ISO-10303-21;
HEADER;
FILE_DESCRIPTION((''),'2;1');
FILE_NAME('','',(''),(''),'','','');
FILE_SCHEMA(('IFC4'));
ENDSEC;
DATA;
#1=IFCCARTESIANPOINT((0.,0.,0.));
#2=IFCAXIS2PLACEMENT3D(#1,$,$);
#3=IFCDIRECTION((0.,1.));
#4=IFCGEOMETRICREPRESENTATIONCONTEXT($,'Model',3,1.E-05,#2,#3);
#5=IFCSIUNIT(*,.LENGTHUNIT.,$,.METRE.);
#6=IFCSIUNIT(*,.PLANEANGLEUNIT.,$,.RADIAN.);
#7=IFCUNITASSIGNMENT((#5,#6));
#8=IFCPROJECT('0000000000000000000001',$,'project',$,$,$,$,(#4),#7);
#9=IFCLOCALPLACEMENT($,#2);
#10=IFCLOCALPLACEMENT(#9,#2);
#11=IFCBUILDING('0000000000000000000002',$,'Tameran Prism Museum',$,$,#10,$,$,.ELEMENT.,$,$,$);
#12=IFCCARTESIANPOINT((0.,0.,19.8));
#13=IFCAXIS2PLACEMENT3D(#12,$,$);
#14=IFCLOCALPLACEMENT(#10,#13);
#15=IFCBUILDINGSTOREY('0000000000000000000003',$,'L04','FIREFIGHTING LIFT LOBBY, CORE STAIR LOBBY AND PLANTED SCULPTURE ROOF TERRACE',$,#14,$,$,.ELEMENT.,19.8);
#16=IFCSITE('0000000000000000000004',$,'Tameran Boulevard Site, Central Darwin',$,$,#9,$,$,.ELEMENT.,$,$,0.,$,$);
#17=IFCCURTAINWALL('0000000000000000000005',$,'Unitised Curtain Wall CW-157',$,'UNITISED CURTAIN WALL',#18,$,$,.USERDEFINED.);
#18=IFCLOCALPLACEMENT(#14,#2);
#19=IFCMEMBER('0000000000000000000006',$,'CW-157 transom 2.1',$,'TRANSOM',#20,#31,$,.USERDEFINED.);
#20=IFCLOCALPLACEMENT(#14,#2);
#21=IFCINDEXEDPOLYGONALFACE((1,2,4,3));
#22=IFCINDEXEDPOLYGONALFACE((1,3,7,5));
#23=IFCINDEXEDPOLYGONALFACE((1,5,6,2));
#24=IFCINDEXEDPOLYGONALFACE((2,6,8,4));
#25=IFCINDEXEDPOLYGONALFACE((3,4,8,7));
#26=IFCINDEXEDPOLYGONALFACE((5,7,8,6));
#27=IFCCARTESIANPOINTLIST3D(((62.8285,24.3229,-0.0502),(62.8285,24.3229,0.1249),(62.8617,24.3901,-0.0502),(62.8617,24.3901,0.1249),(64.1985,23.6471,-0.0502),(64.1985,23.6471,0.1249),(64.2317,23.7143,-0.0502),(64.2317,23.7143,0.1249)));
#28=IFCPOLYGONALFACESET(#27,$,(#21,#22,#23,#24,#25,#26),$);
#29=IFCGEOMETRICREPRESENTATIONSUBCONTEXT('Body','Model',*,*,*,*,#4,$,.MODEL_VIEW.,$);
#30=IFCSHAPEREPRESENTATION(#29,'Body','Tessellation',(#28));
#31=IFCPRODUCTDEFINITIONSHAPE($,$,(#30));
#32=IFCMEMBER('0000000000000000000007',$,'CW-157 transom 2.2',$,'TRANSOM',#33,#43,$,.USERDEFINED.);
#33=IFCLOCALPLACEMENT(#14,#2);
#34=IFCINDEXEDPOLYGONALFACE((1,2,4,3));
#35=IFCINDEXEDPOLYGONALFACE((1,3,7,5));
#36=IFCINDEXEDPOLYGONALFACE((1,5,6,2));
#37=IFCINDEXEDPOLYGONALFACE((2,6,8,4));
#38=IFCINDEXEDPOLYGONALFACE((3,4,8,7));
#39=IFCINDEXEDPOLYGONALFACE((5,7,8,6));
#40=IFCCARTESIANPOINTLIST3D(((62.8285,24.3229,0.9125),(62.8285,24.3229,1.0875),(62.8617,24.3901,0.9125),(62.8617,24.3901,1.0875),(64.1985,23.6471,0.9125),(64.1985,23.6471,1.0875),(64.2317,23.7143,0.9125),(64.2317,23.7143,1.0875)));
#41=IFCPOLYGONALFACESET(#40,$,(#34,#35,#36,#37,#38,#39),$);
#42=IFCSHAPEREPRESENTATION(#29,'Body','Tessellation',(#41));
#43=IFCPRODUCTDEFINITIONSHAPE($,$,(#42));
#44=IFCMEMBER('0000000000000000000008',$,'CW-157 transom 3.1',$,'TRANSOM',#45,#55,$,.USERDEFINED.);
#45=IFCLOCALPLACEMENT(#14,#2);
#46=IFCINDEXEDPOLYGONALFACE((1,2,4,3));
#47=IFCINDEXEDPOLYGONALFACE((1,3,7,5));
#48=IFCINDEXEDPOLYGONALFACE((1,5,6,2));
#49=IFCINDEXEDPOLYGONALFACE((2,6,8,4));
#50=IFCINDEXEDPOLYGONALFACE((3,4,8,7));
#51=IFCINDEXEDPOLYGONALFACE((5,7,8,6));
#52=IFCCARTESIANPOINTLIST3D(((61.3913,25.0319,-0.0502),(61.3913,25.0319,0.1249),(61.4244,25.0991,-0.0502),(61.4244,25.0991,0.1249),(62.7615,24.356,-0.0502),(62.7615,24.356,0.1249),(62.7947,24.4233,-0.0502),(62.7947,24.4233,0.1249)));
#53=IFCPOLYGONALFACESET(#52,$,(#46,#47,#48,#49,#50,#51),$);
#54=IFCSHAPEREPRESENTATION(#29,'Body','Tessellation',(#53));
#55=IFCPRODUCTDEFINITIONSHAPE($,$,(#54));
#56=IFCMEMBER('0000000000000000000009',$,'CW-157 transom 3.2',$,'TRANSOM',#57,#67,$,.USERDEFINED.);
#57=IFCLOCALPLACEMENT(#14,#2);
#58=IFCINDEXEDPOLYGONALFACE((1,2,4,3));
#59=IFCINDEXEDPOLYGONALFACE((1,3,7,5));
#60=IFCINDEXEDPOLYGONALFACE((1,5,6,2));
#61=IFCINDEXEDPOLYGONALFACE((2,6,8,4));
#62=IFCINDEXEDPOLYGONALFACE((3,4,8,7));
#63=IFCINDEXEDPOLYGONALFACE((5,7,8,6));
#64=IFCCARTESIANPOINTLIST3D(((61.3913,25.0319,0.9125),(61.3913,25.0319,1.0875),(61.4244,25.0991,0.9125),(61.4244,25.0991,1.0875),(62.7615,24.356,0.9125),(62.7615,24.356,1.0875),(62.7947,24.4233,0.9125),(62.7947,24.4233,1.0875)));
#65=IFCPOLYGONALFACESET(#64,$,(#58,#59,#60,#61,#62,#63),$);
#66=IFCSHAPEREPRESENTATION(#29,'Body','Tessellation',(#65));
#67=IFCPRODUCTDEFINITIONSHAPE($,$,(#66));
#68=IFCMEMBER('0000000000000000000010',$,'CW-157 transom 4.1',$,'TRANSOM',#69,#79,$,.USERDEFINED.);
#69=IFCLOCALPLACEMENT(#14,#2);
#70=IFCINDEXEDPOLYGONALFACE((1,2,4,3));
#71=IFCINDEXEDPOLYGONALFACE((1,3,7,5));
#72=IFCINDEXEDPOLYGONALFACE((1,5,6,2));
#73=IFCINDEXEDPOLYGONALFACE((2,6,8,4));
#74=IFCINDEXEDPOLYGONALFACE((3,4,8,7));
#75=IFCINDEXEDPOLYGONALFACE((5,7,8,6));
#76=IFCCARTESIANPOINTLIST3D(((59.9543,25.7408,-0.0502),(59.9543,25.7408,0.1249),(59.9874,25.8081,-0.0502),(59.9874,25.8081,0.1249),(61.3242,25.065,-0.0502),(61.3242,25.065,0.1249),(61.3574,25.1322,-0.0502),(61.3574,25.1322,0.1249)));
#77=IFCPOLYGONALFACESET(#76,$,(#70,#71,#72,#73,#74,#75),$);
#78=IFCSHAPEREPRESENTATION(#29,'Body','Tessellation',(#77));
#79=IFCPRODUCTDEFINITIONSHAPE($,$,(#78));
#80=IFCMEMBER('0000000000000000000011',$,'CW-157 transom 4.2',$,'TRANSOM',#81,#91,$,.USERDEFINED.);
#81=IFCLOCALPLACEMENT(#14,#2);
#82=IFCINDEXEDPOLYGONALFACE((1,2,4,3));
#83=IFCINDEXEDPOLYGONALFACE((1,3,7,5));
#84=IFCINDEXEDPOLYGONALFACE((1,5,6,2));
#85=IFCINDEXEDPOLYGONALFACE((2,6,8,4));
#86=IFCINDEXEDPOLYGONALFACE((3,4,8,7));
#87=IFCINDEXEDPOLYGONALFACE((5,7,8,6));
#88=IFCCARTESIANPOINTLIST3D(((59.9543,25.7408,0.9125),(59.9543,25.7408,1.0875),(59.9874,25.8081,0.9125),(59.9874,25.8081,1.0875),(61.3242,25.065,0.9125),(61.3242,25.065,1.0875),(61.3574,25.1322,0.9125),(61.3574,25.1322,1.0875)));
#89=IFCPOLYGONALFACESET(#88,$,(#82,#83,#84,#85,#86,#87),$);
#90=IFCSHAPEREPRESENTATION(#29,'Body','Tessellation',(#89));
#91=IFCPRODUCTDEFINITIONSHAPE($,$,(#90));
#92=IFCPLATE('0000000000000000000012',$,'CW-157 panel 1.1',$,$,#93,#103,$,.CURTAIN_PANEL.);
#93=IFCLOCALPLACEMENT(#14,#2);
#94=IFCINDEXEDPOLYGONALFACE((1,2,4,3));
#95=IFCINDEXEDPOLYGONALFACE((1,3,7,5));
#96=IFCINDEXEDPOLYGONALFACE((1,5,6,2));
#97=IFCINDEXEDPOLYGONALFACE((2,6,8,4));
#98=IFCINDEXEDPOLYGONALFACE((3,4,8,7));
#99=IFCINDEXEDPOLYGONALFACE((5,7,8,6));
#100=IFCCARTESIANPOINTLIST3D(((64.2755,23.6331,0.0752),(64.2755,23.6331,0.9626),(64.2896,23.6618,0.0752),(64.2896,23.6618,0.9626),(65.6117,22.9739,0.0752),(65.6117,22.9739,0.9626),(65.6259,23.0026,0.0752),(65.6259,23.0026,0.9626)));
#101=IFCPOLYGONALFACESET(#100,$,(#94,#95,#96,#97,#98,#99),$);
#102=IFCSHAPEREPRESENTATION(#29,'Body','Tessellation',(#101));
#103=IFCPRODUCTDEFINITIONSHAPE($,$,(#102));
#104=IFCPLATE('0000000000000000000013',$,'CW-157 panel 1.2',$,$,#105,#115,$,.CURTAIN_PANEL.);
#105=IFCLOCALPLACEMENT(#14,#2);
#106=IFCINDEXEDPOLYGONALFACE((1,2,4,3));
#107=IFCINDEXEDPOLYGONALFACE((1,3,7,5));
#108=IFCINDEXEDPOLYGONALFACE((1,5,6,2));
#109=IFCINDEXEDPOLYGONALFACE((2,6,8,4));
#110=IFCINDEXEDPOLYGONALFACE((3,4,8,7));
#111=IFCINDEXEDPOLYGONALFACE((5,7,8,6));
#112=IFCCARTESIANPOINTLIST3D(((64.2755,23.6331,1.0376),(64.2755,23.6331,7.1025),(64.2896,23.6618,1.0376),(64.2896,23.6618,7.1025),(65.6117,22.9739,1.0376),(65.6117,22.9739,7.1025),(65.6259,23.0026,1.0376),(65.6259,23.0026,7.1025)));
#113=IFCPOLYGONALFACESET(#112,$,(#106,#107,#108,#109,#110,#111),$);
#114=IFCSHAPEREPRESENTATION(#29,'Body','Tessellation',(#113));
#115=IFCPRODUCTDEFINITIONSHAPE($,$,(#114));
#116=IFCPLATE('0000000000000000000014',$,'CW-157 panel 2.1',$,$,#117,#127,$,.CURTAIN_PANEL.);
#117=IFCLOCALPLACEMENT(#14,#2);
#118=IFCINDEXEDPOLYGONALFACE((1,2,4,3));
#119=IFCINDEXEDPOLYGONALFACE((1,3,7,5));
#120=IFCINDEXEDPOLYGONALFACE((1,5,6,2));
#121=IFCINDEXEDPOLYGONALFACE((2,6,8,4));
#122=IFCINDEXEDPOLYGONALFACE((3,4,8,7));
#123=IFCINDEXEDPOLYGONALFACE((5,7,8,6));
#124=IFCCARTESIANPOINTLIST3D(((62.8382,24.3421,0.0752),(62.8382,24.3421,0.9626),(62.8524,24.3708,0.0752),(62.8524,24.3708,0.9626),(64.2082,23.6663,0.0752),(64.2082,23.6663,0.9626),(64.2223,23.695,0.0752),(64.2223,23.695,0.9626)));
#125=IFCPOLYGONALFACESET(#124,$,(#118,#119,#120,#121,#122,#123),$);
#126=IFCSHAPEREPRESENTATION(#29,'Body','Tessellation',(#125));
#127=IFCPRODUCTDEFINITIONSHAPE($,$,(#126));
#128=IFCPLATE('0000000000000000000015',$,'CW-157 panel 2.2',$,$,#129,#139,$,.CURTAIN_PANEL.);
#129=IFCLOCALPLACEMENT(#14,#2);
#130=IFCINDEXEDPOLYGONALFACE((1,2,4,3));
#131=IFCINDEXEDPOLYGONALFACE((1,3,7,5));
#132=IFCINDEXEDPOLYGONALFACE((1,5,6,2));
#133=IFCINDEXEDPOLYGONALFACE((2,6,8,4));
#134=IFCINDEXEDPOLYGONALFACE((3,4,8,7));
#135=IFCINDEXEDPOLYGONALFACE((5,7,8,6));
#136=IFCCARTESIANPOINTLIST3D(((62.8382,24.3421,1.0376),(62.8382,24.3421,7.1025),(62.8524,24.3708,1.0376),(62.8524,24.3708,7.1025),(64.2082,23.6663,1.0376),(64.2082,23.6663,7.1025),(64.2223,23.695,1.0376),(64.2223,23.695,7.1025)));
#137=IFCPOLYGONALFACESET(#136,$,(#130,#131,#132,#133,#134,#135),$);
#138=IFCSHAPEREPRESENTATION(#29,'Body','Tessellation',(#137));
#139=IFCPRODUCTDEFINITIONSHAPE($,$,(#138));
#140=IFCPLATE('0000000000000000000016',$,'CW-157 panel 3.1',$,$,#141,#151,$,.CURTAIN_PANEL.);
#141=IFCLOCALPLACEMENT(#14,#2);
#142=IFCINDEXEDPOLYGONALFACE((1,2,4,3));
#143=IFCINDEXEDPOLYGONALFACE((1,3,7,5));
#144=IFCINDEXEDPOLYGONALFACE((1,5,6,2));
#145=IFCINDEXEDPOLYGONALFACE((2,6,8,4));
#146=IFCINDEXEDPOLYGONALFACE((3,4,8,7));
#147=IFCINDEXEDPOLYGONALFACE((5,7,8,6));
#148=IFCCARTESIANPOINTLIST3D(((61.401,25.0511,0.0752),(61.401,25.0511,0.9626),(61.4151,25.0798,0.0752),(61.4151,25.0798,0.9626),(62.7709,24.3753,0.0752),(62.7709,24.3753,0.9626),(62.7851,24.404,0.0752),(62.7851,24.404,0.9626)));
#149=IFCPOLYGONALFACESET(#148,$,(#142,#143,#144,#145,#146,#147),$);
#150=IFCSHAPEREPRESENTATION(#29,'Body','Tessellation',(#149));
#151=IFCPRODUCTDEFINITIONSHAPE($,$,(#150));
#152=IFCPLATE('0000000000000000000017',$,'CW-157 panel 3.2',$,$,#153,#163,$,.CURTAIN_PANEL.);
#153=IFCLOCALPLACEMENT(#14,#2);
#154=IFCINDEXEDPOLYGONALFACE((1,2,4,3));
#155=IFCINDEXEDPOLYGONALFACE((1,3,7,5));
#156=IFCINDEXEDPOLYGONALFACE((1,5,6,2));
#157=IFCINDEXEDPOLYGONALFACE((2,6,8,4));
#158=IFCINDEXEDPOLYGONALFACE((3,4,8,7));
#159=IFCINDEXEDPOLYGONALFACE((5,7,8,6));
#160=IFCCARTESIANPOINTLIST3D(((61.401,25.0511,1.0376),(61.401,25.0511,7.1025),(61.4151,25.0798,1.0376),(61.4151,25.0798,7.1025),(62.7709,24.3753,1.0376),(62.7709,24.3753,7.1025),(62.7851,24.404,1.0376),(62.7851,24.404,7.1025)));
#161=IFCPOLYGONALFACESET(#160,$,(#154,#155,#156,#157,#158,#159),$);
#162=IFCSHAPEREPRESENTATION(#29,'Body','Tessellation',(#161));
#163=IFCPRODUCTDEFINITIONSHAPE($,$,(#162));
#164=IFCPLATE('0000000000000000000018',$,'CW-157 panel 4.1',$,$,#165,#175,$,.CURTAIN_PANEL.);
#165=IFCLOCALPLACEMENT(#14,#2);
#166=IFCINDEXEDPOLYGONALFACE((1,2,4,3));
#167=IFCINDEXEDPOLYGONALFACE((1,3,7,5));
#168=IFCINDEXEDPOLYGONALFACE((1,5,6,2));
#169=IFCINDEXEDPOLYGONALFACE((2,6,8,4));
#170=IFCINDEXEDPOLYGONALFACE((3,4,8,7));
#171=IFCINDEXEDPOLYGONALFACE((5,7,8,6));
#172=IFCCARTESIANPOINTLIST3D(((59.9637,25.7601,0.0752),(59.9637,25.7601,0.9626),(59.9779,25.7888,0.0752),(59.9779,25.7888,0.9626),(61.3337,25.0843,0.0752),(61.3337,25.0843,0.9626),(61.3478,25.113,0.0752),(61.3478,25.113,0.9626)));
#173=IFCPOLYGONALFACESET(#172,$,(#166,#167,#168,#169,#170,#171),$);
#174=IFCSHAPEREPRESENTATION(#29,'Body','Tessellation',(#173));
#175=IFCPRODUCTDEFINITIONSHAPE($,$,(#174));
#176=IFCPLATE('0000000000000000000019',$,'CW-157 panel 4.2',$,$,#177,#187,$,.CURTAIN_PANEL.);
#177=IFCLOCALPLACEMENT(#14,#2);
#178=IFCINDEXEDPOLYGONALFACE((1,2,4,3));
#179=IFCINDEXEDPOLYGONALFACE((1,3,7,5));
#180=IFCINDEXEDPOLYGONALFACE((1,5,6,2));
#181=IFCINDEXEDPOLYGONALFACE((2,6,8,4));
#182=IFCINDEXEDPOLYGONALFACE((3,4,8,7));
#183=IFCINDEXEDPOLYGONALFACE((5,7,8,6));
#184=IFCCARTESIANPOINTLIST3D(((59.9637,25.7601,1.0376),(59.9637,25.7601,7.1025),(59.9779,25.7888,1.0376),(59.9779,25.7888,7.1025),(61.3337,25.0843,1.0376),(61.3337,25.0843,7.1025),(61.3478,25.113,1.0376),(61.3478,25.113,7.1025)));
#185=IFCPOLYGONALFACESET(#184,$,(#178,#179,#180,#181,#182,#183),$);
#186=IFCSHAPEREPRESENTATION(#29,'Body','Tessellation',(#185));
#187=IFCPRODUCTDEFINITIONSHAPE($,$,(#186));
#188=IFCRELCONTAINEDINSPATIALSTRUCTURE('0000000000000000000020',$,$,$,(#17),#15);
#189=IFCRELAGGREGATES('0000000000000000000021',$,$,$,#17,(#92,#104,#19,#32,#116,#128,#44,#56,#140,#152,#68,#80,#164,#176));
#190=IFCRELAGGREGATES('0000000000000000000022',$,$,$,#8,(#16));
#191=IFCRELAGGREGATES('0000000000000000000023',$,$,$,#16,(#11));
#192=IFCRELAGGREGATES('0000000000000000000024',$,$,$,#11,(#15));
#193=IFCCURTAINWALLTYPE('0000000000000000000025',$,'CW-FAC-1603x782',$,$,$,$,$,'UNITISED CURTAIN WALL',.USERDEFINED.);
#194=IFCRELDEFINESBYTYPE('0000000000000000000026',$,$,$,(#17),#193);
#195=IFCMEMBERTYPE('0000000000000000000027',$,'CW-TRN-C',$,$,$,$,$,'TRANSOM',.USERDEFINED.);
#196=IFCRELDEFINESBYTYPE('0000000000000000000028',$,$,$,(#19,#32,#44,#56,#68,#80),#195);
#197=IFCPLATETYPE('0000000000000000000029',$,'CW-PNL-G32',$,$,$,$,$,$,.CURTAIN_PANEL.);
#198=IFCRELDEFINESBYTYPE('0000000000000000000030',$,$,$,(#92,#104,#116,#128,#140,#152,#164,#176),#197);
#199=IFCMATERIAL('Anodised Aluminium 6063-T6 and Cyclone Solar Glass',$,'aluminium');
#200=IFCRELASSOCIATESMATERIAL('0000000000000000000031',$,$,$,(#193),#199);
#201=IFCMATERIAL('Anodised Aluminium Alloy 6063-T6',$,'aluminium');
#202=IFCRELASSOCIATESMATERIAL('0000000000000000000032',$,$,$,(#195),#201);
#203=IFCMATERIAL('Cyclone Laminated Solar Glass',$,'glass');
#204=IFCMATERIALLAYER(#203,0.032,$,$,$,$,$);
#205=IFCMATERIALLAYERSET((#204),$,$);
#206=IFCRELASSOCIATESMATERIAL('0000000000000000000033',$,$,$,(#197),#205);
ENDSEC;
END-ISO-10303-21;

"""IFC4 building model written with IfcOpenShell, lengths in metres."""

from ifc_helpers import new_model, si_unit, direction, frame, origin, origin_2d, place, context, subcontext, project, spatial, rectangle, extrude, material, layer, layer_set, material_profile, profile_set, type_object, element, aggregate, save


model = new_model("IFC4")

# Units and contexts
model_context = context("Model", 3, precision=1e-05, world=origin(), true_north=direction((0.0, 1.0)))
body_context = subcontext(model_context, "Body", "Model", "MODEL_VIEW")
ifc_project = project(units=[si_unit("LENGTHUNIT", "METRE"), si_unit("PLANEANGLEUNIT", "RADIAN")], contexts=[model_context])

# Site, building, storey
site_placement = place(None, origin())
site = spatial("IfcSite", under=ifc_project, at=site_placement, Name="Tameran Boulevard Site, Central Darwin", CompositionType="ELEMENT", RefElevation=0.0)
building_placement = place(site_placement, origin())
building = spatial("IfcBuilding", under=site, at=building_placement, Name="Tameran Prism Museum", CompositionType="ELEMENT")
storey_placement = place(building_placement, frame((0.0, 0.0, 19.8)))
storey = spatial("IfcBuildingStorey", under=building, at=storey_placement, Name="L04", Description="FIREFIGHTING LIFT LOBBY, CORE STAIR LOBBY AND PLANTED SCULPTURE ROOF TERRACE", CompositionType="ELEMENT", Elevation=19.8)

# Curtain wall, members, plates
ifc_material_1 = material(Name="Anodised Aluminium 6063-T6 and Cyclone Solar Glass", Category="aluminium")
curtain_wall_type = type_object("IfcCurtainWallType", Name="CW-FAC-1603x782", ElementType="UNITISED CURTAIN WALL", PredefinedType="USERDEFINED", material=ifc_material_1)
curtain_wall_placement = place(storey_placement, origin())
curtain_wall = element("IfcCurtainWall", 1, at=curtain_wall_placement, inside=storey, type_object=curtain_wall_type, Name="Unitised Curtain Wall CW-157", ObjectType="UNITISED CURTAIN WALL", PredefinedType="USERDEFINED")
ifc_material_2 = material(Name="Anodised Aluminium Alloy 6063-T6", Category="aluminium")
ifc_material_profile_1 = material_profile(ifc_material_2, rectangle(XDim=0.075, YDim=0.175, at=origin_2d()))
ifc_profile_set_1 = profile_set([ifc_material_profile_1])
member_type_1 = type_object("IfcMemberType", Name="CW-TRN-C", ElementType="TRANSOM", PredefinedType="USERDEFINED", material=ifc_profile_set_1)
member_1_placement = place(storey_placement, frame((64.2151, 23.6807, 0.0374), z_axis=(-0.896812, 0.442412, 0.0), x_axis=(-0.442412, -0.896812, 0.0)))
member_1 = element("IfcMember", 2, at=member_1_placement, type_object=member_type_1, Name="CW-157 transom 2.1", ObjectType="TRANSOM", PredefinedType="USERDEFINED", context=body_context, shape_type="SweptSolid", body=[
    extrude(rectangle(XDim=0.075, YDim=0.175, at=origin_2d()), origin(), (0.0, 0.0, 1.0), 1.5276),
])
member_2_placement = place(storey_placement, frame((64.2151, 23.6807, 1.0), z_axis=(-0.896812, 0.442412, 0.0), x_axis=(-0.442412, -0.896812, 0.0)))
member_2 = element("IfcMember", 3, at=member_2_placement, type_object=member_type_1, Name="CW-157 transom 2.2", ObjectType="TRANSOM", PredefinedType="USERDEFINED", context=body_context, shape_type="SweptSolid", body=[
    extrude(rectangle(XDim=0.075, YDim=0.175, at=origin_2d()), origin(), (0.0, 0.0, 1.0), 1.5276),
])
member_3_placement = place(storey_placement, frame((62.7781, 24.3896, 0.0374), z_axis=(-0.896843, 0.442349, 0.0), x_axis=(-0.442349, -0.896843, 0.0)))
member_3 = element("IfcMember", 4, at=member_3_placement, type_object=member_type_1, Name="CW-157 transom 3.1", ObjectType="TRANSOM", PredefinedType="USERDEFINED", context=body_context, shape_type="SweptSolid", body=[
    extrude(rectangle(XDim=0.075, YDim=0.175, at=origin_2d()), origin(), (0.0, 0.0, 1.0), 1.5278),
])
member_4_placement = place(storey_placement, frame((62.7781, 24.3896, 1.0), z_axis=(-0.896843, 0.442349, 0.0), x_axis=(-0.442349, -0.896843, 0.0)))
member_4 = element("IfcMember", 5, at=member_4_placement, type_object=member_type_1, Name="CW-157 transom 3.2", ObjectType="TRANSOM", PredefinedType="USERDEFINED", context=body_context, shape_type="SweptSolid", body=[
    extrude(rectangle(XDim=0.075, YDim=0.175, at=origin_2d()), origin(), (0.0, 0.0, 1.0), 1.5278),
])
member_5_placement = place(storey_placement, frame((61.3408, 25.0986, 0.0374), z_axis=(-0.896812, 0.442412, 0.0), x_axis=(-0.442412, -0.896812, 0.0)))
member_5 = element("IfcMember", 6, at=member_5_placement, type_object=member_type_1, Name="CW-157 transom 4.1", ObjectType="TRANSOM", PredefinedType="USERDEFINED", context=body_context, shape_type="SweptSolid", body=[
    extrude(rectangle(XDim=0.075, YDim=0.175, at=origin_2d()), origin(), (0.0, 0.0, 1.0), 1.5276),
])
member_6_placement = place(storey_placement, frame((61.3408, 25.0986, 1.0), z_axis=(-0.896812, 0.442412, 0.0), x_axis=(-0.442412, -0.896812, 0.0)))
member_6 = element("IfcMember", 7, at=member_6_placement, type_object=member_type_1, Name="CW-157 transom 4.2", ObjectType="TRANSOM", PredefinedType="USERDEFINED", context=body_context, shape_type="SweptSolid", body=[
    extrude(rectangle(XDim=0.075, YDim=0.175, at=origin_2d()), origin(), (0.0, 0.0, 1.0), 1.5276),
])
ifc_material_3 = material(Name="Cyclone Laminated Solar Glass", Category="glass")
ifc_layer_1 = layer(ifc_material_3, 0.032)
ifc_layer_set_1 = layer_set([ifc_layer_1])
plate_type = type_object("IfcPlateType", Name="CW-PNL-G32", PredefinedType="CURTAIN_PANEL", material=ifc_layer_set_1)
plate_1_placement = place(storey_placement, frame((64.9507, 23.3179, 0.0752), z_axis=(0.0, 0.0, 1.0), x_axis=(-0.896811, 0.442415, 0.0)))
plate_1 = element("IfcPlate", 8, at=plate_1_placement, type_object=plate_type, Name="CW-157 panel 1.1", PredefinedType="CURTAIN_PANEL", context=body_context, shape_type="SweptSolid", body=[
    extrude(rectangle(XDim=1.49, YDim=0.032, at=origin_2d()), origin(), (0.0, 0.0, 1.0), 0.8875),
])
plate_2_placement = place(storey_placement, frame((64.9507, 23.3179, 1.0376), z_axis=(0.0, 0.0, 1.0), x_axis=(-0.896811, 0.442415, 0.0)))
plate_2 = element("IfcPlate", 9, at=plate_2_placement, type_object=plate_type, Name="CW-157 panel 1.2", PredefinedType="CURTAIN_PANEL", context=body_context, shape_type="SweptSolid", body=[
    extrude(rectangle(XDim=1.49, YDim=0.032, at=origin_2d()), origin(), (0.0, 0.0, 1.0), 6.0649),
])
plate_3_placement = place(storey_placement, frame((63.5303, 24.0186, 0.0752), z_axis=(0.0, 0.0, 1.0), x_axis=(-0.896811, 0.442415, 0.0)))
plate_3 = element("IfcPlate", 10, at=plate_3_placement, type_object=plate_type, Name="CW-157 panel 2.1", PredefinedType="CURTAIN_PANEL", context=body_context, shape_type="SweptSolid", body=[
    extrude(rectangle(XDim=1.5276, YDim=0.032, at=origin_2d()), origin(), (0.0, 0.0, 1.0), 0.8875),
])
plate_4_placement = place(storey_placement, frame((63.5303, 24.0186, 1.0376), z_axis=(0.0, 0.0, 1.0), x_axis=(-0.896811, 0.442415, 0.0)))
plate_4 = element("IfcPlate", 11, at=plate_4_placement, type_object=plate_type, Name="CW-157 panel 2.2", PredefinedType="CURTAIN_PANEL", context=body_context, shape_type="SweptSolid", body=[
    extrude(rectangle(XDim=1.5276, YDim=0.032, at=origin_2d()), origin(), (0.0, 0.0, 1.0), 6.0649),
])
plate_5_placement = place(storey_placement, frame((62.093, 24.7275, 0.0752), z_axis=(0.0, 0.0, 1.0), x_axis=(-0.896811, 0.442415, 0.0)))
plate_5 = element("IfcPlate", 12, at=plate_5_placement, type_object=plate_type, Name="CW-157 panel 3.1", PredefinedType="CURTAIN_PANEL", context=body_context, shape_type="SweptSolid", body=[
    extrude(rectangle(XDim=1.5276, YDim=0.032, at=origin_2d()), origin(), (0.0, 0.0, 1.0), 0.8875),
])
plate_6_placement = place(storey_placement, frame((62.093, 24.7275, 1.0376), z_axis=(0.0, 0.0, 1.0), x_axis=(-0.896811, 0.442415, 0.0)))
plate_6 = element("IfcPlate", 13, at=plate_6_placement, type_object=plate_type, Name="CW-157 panel 3.2", PredefinedType="CURTAIN_PANEL", context=body_context, shape_type="SweptSolid", body=[
    extrude(rectangle(XDim=1.5276, YDim=0.032, at=origin_2d()), origin(), (0.0, 0.0, 1.0), 6.0649),
])
plate_7_placement = place(storey_placement, frame((60.6558, 25.4365, 0.0752), z_axis=(0.0, 0.0, 1.0), x_axis=(-0.896811, 0.442415, 0.0)))
plate_7 = element("IfcPlate", 14, at=plate_7_placement, type_object=plate_type, Name="CW-157 panel 4.1", PredefinedType="CURTAIN_PANEL", context=body_context, shape_type="SweptSolid", body=[
    extrude(rectangle(XDim=1.5276, YDim=0.032, at=origin_2d()), origin(), (0.0, 0.0, 1.0), 0.8875),
])
plate_8_placement = place(storey_placement, frame((60.6558, 25.4365, 1.0376), z_axis=(0.0, 0.0, 1.0), x_axis=(-0.896811, 0.442415, 0.0)))
plate_8 = element("IfcPlate", 15, at=plate_8_placement, type_object=plate_type, Name="CW-157 panel 4.2", PredefinedType="CURTAIN_PANEL", context=body_context, shape_type="SweptSolid", body=[
    extrude(rectangle(XDim=1.5276, YDim=0.032, at=origin_2d()), origin(), (0.0, 0.0, 1.0), 6.0649),
])
aggregate(curtain_wall, [plate_1, plate_2, member_1, member_2, plate_3, plate_4, member_3, member_4, plate_5, plate_6, member_5, member_6, plate_7, plate_8])

save(model, "model.ifc")
